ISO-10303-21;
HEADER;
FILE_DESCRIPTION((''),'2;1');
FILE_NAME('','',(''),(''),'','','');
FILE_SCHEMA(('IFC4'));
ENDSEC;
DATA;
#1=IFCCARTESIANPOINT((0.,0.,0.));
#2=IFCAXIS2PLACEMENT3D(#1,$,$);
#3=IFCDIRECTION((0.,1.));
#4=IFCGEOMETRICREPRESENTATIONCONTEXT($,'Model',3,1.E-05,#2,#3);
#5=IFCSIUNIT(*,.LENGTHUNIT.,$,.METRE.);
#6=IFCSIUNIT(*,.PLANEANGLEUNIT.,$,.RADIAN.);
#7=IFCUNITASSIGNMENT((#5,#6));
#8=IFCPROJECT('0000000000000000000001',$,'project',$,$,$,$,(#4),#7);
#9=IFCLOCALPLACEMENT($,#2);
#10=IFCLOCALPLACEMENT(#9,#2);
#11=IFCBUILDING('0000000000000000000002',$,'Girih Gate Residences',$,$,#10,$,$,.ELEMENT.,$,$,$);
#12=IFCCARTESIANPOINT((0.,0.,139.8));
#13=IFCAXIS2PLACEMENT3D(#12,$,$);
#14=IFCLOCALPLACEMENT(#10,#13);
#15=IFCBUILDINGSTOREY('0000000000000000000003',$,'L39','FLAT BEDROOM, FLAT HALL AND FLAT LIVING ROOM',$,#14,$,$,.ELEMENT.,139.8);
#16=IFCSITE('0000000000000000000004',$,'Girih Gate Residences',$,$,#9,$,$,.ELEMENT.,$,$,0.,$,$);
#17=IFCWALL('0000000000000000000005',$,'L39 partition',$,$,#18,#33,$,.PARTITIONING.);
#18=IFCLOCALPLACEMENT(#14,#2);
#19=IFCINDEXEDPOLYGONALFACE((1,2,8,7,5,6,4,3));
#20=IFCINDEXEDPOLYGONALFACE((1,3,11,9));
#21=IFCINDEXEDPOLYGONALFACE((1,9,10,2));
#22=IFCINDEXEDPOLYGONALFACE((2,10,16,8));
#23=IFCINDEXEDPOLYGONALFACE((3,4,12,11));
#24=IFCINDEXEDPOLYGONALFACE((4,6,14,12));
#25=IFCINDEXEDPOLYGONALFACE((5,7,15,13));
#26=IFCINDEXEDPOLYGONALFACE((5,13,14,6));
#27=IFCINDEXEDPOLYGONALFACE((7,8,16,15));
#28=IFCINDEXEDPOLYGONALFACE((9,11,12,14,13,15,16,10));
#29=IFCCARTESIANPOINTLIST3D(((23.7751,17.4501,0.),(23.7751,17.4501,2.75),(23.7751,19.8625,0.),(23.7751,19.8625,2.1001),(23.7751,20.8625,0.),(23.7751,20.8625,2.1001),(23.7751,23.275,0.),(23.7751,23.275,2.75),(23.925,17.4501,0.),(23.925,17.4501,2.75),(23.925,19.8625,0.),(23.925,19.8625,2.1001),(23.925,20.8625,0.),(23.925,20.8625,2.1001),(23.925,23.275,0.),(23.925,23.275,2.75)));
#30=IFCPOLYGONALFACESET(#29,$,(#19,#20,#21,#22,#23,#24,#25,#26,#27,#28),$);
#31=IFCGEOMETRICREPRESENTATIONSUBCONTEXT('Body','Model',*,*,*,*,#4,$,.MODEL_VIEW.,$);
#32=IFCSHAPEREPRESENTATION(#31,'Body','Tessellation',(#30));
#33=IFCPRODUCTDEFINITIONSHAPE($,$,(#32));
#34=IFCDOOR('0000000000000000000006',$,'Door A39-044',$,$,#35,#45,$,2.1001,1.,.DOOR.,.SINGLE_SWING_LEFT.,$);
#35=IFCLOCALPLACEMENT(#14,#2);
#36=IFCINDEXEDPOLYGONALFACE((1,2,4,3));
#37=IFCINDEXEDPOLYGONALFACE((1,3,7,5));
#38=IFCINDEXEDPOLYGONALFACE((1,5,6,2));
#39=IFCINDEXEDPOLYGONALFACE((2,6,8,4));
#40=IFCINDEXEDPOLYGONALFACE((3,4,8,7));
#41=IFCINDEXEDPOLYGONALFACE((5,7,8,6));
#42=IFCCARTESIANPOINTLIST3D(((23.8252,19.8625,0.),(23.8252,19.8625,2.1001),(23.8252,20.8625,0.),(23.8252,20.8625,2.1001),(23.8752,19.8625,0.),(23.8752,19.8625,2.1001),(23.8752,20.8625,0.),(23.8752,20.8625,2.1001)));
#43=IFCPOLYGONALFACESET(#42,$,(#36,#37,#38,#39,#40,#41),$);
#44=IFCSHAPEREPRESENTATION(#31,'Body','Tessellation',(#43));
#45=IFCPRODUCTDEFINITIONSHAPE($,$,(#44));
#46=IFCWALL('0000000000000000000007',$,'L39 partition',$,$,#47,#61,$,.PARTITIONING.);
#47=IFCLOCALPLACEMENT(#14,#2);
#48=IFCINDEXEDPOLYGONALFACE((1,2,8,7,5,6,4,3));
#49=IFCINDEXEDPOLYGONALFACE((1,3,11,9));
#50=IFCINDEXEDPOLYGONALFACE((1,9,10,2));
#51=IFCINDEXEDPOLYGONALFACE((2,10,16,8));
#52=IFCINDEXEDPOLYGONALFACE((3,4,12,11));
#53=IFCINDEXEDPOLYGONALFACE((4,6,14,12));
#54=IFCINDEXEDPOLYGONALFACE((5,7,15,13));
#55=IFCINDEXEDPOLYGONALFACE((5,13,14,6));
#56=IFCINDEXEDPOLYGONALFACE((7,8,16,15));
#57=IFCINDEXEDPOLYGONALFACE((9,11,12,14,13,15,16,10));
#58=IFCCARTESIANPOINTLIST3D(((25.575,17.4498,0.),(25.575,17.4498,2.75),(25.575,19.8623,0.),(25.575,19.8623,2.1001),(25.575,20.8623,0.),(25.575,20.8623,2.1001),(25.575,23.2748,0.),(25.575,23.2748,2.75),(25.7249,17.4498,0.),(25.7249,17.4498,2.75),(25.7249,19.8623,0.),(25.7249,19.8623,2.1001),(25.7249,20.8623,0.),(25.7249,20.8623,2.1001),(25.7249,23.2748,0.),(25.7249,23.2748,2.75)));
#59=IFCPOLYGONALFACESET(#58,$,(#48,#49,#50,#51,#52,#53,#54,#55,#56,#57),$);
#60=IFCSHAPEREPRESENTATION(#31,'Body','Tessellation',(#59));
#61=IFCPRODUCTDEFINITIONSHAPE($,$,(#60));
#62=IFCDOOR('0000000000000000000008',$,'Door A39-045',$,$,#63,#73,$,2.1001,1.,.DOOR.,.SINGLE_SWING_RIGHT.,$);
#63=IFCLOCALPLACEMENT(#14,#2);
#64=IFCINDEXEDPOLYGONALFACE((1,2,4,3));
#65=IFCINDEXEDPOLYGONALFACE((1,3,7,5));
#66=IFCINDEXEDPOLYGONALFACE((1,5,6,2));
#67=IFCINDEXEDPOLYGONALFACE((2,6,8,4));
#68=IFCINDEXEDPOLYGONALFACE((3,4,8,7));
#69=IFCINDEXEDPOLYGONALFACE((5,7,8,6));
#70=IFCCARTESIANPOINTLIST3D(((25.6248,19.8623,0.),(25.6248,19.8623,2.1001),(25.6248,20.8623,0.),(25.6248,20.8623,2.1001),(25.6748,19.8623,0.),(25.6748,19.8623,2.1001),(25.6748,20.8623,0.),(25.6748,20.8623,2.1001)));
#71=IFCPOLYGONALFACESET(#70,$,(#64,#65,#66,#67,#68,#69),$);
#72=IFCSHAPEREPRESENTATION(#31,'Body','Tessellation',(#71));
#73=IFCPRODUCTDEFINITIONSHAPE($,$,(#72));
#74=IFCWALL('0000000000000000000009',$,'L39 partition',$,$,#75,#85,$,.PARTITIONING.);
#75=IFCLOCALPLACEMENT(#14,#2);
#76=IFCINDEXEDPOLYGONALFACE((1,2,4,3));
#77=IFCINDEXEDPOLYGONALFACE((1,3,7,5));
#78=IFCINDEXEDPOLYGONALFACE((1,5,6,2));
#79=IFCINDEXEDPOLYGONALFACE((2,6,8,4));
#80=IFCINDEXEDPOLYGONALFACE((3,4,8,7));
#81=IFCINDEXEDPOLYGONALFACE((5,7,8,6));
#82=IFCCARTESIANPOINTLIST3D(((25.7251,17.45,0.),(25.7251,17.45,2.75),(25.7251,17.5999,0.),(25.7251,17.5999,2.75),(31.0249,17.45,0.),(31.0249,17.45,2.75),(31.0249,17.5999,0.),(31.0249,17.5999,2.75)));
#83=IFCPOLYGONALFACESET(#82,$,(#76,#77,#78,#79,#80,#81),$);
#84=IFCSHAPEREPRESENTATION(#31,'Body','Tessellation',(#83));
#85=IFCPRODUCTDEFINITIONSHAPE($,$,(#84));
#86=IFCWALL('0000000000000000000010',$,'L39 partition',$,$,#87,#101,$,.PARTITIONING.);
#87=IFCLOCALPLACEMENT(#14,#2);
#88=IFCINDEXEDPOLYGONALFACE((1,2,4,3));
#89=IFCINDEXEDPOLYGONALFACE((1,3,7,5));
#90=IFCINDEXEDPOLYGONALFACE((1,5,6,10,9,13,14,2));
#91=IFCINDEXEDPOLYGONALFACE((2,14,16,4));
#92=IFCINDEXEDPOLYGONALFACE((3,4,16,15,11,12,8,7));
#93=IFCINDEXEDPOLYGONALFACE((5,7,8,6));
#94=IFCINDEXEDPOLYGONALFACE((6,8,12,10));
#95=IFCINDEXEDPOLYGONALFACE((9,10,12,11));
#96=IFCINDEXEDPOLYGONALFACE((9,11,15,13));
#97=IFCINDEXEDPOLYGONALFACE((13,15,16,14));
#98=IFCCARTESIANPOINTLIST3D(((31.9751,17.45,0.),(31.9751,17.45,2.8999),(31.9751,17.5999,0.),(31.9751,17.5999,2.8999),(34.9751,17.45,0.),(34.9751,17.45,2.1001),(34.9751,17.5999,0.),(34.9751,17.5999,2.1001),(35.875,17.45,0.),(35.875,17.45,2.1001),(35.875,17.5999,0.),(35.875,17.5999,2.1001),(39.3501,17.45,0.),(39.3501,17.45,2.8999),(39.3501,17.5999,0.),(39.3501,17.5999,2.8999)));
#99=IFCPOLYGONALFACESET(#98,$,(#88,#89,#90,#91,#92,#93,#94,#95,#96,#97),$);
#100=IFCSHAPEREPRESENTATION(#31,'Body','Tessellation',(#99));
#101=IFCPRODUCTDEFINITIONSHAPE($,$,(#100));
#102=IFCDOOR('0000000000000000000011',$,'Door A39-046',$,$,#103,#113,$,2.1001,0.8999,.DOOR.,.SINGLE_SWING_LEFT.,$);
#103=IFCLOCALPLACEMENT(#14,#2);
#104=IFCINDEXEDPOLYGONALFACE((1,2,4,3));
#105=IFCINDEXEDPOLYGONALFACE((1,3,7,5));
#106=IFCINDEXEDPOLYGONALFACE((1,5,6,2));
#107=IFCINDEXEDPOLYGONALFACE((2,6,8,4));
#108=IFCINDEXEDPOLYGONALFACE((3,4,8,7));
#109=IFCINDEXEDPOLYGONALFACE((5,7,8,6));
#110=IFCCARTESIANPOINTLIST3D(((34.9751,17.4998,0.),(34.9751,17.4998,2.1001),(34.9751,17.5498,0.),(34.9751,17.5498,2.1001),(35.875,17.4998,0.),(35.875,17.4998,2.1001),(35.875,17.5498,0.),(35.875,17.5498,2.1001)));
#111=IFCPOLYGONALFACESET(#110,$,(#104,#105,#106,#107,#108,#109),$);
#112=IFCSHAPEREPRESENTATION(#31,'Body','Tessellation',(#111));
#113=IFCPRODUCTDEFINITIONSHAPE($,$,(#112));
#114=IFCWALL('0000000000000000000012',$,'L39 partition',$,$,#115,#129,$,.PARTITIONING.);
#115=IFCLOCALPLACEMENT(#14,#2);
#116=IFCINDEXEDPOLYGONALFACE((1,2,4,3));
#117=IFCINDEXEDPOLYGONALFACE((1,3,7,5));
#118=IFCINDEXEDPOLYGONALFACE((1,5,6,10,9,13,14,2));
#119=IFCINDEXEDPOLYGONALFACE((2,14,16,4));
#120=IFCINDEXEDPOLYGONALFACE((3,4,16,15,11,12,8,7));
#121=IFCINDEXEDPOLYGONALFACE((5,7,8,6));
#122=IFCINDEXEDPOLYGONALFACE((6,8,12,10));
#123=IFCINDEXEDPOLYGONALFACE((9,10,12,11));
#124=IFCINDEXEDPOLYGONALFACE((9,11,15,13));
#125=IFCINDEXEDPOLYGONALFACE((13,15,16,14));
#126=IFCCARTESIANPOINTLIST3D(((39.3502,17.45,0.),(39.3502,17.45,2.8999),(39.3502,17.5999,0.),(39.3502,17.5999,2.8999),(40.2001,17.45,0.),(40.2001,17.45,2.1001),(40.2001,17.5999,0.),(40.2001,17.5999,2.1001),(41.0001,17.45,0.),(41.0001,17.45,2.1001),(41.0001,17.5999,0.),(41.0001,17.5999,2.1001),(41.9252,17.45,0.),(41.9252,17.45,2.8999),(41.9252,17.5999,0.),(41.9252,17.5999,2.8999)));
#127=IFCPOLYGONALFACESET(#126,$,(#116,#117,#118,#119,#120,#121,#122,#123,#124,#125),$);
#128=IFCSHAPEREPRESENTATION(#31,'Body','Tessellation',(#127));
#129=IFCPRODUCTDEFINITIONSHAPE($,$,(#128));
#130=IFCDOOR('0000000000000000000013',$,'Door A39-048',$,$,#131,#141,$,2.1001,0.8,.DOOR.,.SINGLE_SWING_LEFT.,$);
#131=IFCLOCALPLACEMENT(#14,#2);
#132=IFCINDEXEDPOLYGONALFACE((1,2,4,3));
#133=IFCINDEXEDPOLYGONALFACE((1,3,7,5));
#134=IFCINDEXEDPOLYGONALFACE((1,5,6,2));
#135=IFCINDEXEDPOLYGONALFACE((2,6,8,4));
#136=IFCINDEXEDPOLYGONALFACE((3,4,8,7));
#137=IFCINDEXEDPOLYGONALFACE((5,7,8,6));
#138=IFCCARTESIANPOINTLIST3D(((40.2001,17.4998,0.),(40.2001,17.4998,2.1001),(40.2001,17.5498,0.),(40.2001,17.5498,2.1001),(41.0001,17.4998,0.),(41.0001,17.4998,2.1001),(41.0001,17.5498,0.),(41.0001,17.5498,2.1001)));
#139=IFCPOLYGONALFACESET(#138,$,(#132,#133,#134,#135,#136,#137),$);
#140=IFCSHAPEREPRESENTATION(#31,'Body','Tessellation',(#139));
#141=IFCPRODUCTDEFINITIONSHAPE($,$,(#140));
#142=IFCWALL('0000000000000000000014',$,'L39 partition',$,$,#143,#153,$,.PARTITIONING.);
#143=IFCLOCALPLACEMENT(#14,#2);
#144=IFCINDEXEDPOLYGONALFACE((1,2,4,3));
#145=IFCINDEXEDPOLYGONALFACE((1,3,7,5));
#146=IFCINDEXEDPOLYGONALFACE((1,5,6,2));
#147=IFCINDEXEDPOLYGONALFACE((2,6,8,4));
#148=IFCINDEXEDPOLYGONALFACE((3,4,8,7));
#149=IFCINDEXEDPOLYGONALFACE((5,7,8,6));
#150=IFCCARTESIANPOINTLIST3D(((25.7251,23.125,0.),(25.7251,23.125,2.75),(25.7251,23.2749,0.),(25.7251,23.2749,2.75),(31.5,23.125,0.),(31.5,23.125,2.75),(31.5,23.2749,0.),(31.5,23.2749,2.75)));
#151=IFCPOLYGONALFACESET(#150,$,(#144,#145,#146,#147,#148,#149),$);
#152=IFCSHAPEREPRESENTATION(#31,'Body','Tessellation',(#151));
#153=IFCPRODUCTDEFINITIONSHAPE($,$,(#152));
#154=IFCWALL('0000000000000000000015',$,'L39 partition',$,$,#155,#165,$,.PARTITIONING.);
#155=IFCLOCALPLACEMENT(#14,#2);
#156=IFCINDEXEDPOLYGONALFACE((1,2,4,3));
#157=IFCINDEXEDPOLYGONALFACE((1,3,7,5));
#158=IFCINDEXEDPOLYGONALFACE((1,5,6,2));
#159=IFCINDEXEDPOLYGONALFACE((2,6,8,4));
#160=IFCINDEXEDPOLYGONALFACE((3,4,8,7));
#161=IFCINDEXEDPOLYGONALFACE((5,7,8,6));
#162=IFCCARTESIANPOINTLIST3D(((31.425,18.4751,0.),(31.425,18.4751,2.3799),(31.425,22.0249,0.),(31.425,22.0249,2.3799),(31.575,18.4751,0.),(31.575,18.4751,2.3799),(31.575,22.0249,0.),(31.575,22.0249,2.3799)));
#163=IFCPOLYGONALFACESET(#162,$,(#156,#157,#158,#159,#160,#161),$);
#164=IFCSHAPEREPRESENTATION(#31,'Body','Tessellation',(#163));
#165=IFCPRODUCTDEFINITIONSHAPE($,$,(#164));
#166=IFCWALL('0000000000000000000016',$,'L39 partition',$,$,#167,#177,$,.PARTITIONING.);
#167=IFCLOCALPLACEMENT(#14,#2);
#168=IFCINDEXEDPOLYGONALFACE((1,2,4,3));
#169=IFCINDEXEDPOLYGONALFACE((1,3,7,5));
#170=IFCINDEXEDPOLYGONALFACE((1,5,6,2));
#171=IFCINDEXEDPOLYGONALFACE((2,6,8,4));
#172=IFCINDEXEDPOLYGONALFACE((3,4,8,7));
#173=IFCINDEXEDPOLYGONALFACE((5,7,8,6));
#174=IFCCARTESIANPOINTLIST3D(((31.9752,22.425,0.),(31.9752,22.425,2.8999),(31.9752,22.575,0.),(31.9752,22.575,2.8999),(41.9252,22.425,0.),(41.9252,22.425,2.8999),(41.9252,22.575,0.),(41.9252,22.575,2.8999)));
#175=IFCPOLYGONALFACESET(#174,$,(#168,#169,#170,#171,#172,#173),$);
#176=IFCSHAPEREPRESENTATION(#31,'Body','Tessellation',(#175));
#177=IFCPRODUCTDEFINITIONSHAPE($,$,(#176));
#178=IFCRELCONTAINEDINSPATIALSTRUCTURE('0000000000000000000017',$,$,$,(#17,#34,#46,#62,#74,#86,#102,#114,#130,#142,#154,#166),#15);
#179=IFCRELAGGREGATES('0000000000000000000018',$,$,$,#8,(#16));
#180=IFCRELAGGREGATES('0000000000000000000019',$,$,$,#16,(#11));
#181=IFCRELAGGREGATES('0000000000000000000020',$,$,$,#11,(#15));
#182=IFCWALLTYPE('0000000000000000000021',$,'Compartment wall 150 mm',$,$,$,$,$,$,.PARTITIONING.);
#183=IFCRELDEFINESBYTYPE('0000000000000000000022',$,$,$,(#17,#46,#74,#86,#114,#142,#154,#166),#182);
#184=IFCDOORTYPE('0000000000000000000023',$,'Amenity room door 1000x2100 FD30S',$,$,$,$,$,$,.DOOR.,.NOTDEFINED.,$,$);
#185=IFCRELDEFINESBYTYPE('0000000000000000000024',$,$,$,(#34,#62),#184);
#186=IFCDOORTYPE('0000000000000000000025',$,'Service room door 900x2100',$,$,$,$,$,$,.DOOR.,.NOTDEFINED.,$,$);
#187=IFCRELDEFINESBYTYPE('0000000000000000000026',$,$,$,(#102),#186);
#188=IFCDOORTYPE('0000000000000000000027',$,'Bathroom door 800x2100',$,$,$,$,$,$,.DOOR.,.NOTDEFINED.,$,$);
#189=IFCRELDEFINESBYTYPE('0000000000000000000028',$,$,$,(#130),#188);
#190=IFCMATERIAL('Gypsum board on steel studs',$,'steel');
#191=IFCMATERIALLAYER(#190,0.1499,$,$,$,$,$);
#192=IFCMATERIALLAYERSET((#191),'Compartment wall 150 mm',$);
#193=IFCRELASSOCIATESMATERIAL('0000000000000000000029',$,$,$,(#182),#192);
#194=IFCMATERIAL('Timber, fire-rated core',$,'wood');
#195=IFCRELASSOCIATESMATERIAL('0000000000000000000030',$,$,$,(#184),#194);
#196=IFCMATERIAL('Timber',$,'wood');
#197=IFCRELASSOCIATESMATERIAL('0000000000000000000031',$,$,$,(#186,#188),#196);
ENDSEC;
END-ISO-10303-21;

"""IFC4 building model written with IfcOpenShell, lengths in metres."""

from ifc_helpers import new_model, si_unit, direction, frame, frame_2d, origin, place, context, subcontext, project, spatial, rectangle, extrude, material, layer, layer_set, type_object, element, fill, save


model = new_model("IFC4")

# Units and contexts
model_context = context("Model", 3, precision=1e-05, world=origin(), true_north=direction((0.0, 1.0)))
body_context = subcontext(model_context, "Body", "Model", "MODEL_VIEW")
ifc_project = project(units=[si_unit("LENGTHUNIT", "METRE"), si_unit("PLANEANGLEUNIT", "RADIAN")], contexts=[model_context])

# Site, building, storey
site_placement = place(None, origin())
site = spatial("IfcSite", under=ifc_project, at=site_placement, Name="Girih Gate Residences", CompositionType="ELEMENT", RefElevation=0.0)
building_placement = place(site_placement, origin())
building = spatial("IfcBuilding", under=site, at=building_placement, Name="Girih Gate Residences", CompositionType="ELEMENT")
storey_placement = place(building_placement, frame((0.0, 0.0, 139.8)))
storey = spatial("IfcBuildingStorey", under=building, at=storey_placement, Name="L39", Description="FLAT BEDROOM, FLAT HALL AND FLAT LIVING ROOM", CompositionType="ELEMENT", Elevation=139.8)

# Shared definitions
ifc_material_1 = material(Name="Gypsum board on steel studs", Category="steel")
ifc_layer_1 = layer(ifc_material_1, 0.1499)
ifc_layer_set_1 = layer_set([ifc_layer_1], Name="Compartment wall 150 mm")
wall_type_1 = type_object("IfcWallType", Name="Compartment wall 150 mm", PredefinedType="PARTITIONING", material=ifc_layer_set_1)

# Shared definitions
ifc_material_2 = material(Name="Timber, fire-rated core", Category="wood")

# Walls, openings, doors
door_type_1 = type_object("IfcDoorType", Name="Amenity room door 1000x2100 FD30S", OperationType="NOTDEFINED", PredefinedType="DOOR", material=ifc_material_2)
wall_1_placement = place(storey_placement, frame((23.8501, 17.45, 0.0), z_axis=(0.0, 0.0, 1.0), x_axis=(0.0, 1.0, 0.0)))
wall_1 = element("IfcWall", 1, at=wall_1_placement, inside=storey, type_object=wall_type_1, Name="L39 partition", PredefinedType="PARTITIONING", context=body_context, shape_type="SweptSolid", body=[
    extrude(rectangle(XDim=5.825, YDim=0.1499, at=frame_2d((2.9126, 0.0))), origin(), (0.0, 0.0, 1.0), 2.75),
])
opening_1_placement = place(wall_1_placement, frame((2.4126, 0.0, 0.0)))
opening_1 = element("IfcOpeningElement", 2, at=opening_1_placement, cuts=wall_1, PredefinedType="OPENING", context=body_context, shape_type="SweptSolid", body=[
    extrude(rectangle(XDim=1.0, YDim=2.1001, at=frame_2d((0.5, 1.05))), frame((0.0, 0.085, 0.0), z_axis=(0.0, -1.0, 0.0), x_axis=(1.0, 0.0, 0.0)), (0.0, 0.0, 1.0), 0.1699),
])
door_1_placement = place(opening_1_placement, origin())
door_1 = element("IfcDoor", 3, at=door_1_placement, inside=storey, type_object=door_type_1, Name="Door A39-044", OperationType="SINGLE_SWING_LEFT", OverallHeight=2.1001, OverallWidth=1.0, PredefinedType="DOOR", context=body_context, shape_type="SweptSolid", body=[
    extrude(rectangle(XDim=1.0, YDim=2.1001, at=frame_2d((0.5, 1.05))), frame((0.0, 0.0249, 0.0), z_axis=(0.0, -1.0, 0.0), x_axis=(1.0, 0.0, 0.0)), (0.0, 0.0, 1.0), 0.05),
])
fill(opening_1, door_1)
wall_2_placement = place(storey_placement, frame((25.6499, 23.2749, 0.0), z_axis=(0.0, 0.0, 1.0), x_axis=(0.0, -1.0, 0.0)))
wall_2 = element("IfcWall", 4, at=wall_2_placement, inside=storey, type_object=wall_type_1, Name="L39 partition", PredefinedType="PARTITIONING", context=body_context, shape_type="SweptSolid", body=[
    extrude(rectangle(XDim=5.825, YDim=0.1499, at=frame_2d((2.9126, 0.0))), origin(), (0.0, 0.0, 1.0), 2.75),
])
opening_2_placement = place(wall_2_placement, frame((2.4126, 0.0, 0.0)))
opening_2 = element("IfcOpeningElement", 5, at=opening_2_placement, cuts=wall_2, PredefinedType="OPENING", context=body_context, shape_type="SweptSolid", body=[
    extrude(rectangle(XDim=1.0, YDim=2.1001, at=frame_2d((0.5, 1.05))), frame((0.0, 0.085, 0.0), z_axis=(0.0, -1.0, 0.0), x_axis=(1.0, 0.0, 0.0)), (0.0, 0.0, 1.0), 0.1699),
])
door_2_placement = place(opening_2_placement, origin())
door_2 = element("IfcDoor", 6, at=door_2_placement, inside=storey, type_object=door_type_1, Name="Door A39-045", OperationType="SINGLE_SWING_RIGHT", OverallHeight=2.1001, OverallWidth=1.0, PredefinedType="DOOR", context=body_context, shape_type="SweptSolid", body=[
    extrude(rectangle(XDim=1.0, YDim=2.1001, at=frame_2d((0.5, 1.05))), frame((0.0, 0.0249, 0.0), z_axis=(0.0, -1.0, 0.0), x_axis=(1.0, 0.0, 0.0)), (0.0, 0.0, 1.0), 0.05),
])
fill(opening_2, door_2)

# Wall
wall_3_placement = place(storey_placement, frame((25.7251, 17.5249, 0.0), z_axis=(0.0, 0.0, 1.0), x_axis=(1.0, 0.0, 0.0)))
element("IfcWall", 7, at=wall_3_placement, inside=storey, type_object=wall_type_1, Name="L39 partition", PredefinedType="PARTITIONING", context=body_context, shape_type="SweptSolid", body=[
    extrude(rectangle(XDim=5.2998, YDim=0.1499, at=frame_2d((2.6499, 0.0))), origin(), (0.0, 0.0, 1.0), 2.75),
])

# Walls, openings, doors
wall_4_placement = place(storey_placement, frame((31.9751, 17.5249, 0.0), z_axis=(0.0, 0.0, 1.0), x_axis=(1.0, 0.0, 0.0)))
wall_4 = element("IfcWall", 8, at=wall_4_placement, inside=storey, type_object=wall_type_1, Name="L39 partition", PredefinedType="PARTITIONING", context=body_context, shape_type="SweptSolid", body=[
    extrude(rectangle(XDim=7.375, YDim=0.1499, at=frame_2d((3.6875, 0.0))), origin(), (0.0, 0.0, 1.0), 2.8999),
])
opening_3_placement = place(wall_4_placement, frame((3.0, 0.0, 0.0)))
opening_3 = element("IfcOpeningElement", 9, at=opening_3_placement, cuts=wall_4, PredefinedType="OPENING", context=body_context, shape_type="SweptSolid", body=[
    extrude(rectangle(XDim=0.8999, YDim=2.1001, at=frame_2d((0.45, 1.05))), frame((0.0, 0.085, 0.0), z_axis=(0.0, -1.0, 0.0), x_axis=(1.0, 0.0, 0.0)), (0.0, 0.0, 1.0), 0.1699),
])
ifc_material_3 = material(Name="Timber", Category="wood")
door_type_2 = type_object("IfcDoorType", Name="Service room door 900x2100", OperationType="NOTDEFINED", PredefinedType="DOOR", material=ifc_material_3)
door_3_placement = place(opening_3_placement, origin())
door_3 = element("IfcDoor", 10, at=door_3_placement, inside=storey, type_object=door_type_2, Name="Door A39-046", OperationType="SINGLE_SWING_LEFT", OverallHeight=2.1001, OverallWidth=0.8999, PredefinedType="DOOR", context=body_context, shape_type="SweptSolid", body=[
    extrude(rectangle(XDim=0.8999, YDim=2.1001, at=frame_2d((0.45, 1.05))), frame((0.0, 0.0249, 0.0), z_axis=(0.0, -1.0, 0.0), x_axis=(1.0, 0.0, 0.0)), (0.0, 0.0, 1.0), 0.05),
])
fill(opening_3, door_3)
wall_5_placement = place(storey_placement, frame((39.3501, 17.5249, 0.0), z_axis=(0.0, 0.0, 1.0), x_axis=(1.0, 0.0, 0.0)))
wall_5 = element("IfcWall", 11, at=wall_5_placement, inside=storey, type_object=wall_type_1, Name="L39 partition", PredefinedType="PARTITIONING", context=body_context, shape_type="SweptSolid", body=[
    extrude(rectangle(XDim=2.575, YDim=0.1499, at=frame_2d((1.2876, 0.0))), origin(), (0.0, 0.0, 1.0), 2.8999),
])
opening_4_placement = place(wall_5_placement, frame((0.8501, 0.0, 0.0)))
opening_4 = element("IfcOpeningElement", 12, at=opening_4_placement, cuts=wall_5, PredefinedType="OPENING", context=body_context, shape_type="SweptSolid", body=[
    extrude(rectangle(XDim=0.8, YDim=2.1001, at=frame_2d((0.3999, 1.05))), frame((0.0, 0.085, 0.0), z_axis=(0.0, -1.0, 0.0), x_axis=(1.0, 0.0, 0.0)), (0.0, 0.0, 1.0), 0.1699),
])
door_type_3 = type_object("IfcDoorType", Name="Bathroom door 800x2100", OperationType="NOTDEFINED", PredefinedType="DOOR", material=ifc_material_3)
door_4_placement = place(opening_4_placement, origin())
door_4 = element("IfcDoor", 13, at=door_4_placement, inside=storey, type_object=door_type_3, Name="Door A39-048", OperationType="SINGLE_SWING_LEFT", OverallHeight=2.1001, OverallWidth=0.8, PredefinedType="DOOR", context=body_context, shape_type="SweptSolid", body=[
    extrude(rectangle(XDim=0.8, YDim=2.1001, at=frame_2d((0.3999, 1.05))), frame((0.0, 0.0249, 0.0), z_axis=(0.0, -1.0, 0.0), x_axis=(1.0, 0.0, 0.0)), (0.0, 0.0, 1.0), 0.05),
])
fill(opening_4, door_4)

# Walls
wall_6_placement = place(storey_placement, frame((25.7251, 23.2, 0.0), z_axis=(0.0, 0.0, 1.0), x_axis=(1.0, 0.0, 0.0)))
element("IfcWall", 14, at=wall_6_placement, inside=storey, type_object=wall_type_1, Name="L39 partition", PredefinedType="PARTITIONING", context=body_context, shape_type="SweptSolid", body=[
    extrude(rectangle(XDim=5.7749, YDim=0.1499, at=frame_2d((2.8875, 0.0))), origin(), (0.0, 0.0, 1.0), 2.75),
])
wall_7_placement = place(storey_placement, frame((31.5, 18.4751, 0.0), z_axis=(0.0, 0.0, 1.0), x_axis=(0.0, 1.0, 0.0)))
element("IfcWall", 15, at=wall_7_placement, inside=storey, type_object=wall_type_1, Name="L39 partition", PredefinedType="PARTITIONING", context=body_context, shape_type="SweptSolid", body=[
    extrude(rectangle(XDim=3.5498, YDim=0.1499, at=frame_2d((1.7749, 0.0))), origin(), (0.0, 0.0, 1.0), 2.3799),
])
wall_8_placement = place(storey_placement, frame((31.9751, 22.5, 0.0), z_axis=(0.0, 0.0, 1.0), x_axis=(1.0, 0.0, 0.0)))
element("IfcWall", 16, at=wall_8_placement, inside=storey, type_object=wall_type_1, Name="L39 partition", PredefinedType="PARTITIONING", context=body_context, shape_type="SweptSolid", body=[
    extrude(rectangle(XDim=9.95, YDim=0.1499, at=frame_2d((4.9751, 0.0))), origin(), (0.0, 0.0, 1.0), 2.8999),
])

save(model, "model.ifc")
